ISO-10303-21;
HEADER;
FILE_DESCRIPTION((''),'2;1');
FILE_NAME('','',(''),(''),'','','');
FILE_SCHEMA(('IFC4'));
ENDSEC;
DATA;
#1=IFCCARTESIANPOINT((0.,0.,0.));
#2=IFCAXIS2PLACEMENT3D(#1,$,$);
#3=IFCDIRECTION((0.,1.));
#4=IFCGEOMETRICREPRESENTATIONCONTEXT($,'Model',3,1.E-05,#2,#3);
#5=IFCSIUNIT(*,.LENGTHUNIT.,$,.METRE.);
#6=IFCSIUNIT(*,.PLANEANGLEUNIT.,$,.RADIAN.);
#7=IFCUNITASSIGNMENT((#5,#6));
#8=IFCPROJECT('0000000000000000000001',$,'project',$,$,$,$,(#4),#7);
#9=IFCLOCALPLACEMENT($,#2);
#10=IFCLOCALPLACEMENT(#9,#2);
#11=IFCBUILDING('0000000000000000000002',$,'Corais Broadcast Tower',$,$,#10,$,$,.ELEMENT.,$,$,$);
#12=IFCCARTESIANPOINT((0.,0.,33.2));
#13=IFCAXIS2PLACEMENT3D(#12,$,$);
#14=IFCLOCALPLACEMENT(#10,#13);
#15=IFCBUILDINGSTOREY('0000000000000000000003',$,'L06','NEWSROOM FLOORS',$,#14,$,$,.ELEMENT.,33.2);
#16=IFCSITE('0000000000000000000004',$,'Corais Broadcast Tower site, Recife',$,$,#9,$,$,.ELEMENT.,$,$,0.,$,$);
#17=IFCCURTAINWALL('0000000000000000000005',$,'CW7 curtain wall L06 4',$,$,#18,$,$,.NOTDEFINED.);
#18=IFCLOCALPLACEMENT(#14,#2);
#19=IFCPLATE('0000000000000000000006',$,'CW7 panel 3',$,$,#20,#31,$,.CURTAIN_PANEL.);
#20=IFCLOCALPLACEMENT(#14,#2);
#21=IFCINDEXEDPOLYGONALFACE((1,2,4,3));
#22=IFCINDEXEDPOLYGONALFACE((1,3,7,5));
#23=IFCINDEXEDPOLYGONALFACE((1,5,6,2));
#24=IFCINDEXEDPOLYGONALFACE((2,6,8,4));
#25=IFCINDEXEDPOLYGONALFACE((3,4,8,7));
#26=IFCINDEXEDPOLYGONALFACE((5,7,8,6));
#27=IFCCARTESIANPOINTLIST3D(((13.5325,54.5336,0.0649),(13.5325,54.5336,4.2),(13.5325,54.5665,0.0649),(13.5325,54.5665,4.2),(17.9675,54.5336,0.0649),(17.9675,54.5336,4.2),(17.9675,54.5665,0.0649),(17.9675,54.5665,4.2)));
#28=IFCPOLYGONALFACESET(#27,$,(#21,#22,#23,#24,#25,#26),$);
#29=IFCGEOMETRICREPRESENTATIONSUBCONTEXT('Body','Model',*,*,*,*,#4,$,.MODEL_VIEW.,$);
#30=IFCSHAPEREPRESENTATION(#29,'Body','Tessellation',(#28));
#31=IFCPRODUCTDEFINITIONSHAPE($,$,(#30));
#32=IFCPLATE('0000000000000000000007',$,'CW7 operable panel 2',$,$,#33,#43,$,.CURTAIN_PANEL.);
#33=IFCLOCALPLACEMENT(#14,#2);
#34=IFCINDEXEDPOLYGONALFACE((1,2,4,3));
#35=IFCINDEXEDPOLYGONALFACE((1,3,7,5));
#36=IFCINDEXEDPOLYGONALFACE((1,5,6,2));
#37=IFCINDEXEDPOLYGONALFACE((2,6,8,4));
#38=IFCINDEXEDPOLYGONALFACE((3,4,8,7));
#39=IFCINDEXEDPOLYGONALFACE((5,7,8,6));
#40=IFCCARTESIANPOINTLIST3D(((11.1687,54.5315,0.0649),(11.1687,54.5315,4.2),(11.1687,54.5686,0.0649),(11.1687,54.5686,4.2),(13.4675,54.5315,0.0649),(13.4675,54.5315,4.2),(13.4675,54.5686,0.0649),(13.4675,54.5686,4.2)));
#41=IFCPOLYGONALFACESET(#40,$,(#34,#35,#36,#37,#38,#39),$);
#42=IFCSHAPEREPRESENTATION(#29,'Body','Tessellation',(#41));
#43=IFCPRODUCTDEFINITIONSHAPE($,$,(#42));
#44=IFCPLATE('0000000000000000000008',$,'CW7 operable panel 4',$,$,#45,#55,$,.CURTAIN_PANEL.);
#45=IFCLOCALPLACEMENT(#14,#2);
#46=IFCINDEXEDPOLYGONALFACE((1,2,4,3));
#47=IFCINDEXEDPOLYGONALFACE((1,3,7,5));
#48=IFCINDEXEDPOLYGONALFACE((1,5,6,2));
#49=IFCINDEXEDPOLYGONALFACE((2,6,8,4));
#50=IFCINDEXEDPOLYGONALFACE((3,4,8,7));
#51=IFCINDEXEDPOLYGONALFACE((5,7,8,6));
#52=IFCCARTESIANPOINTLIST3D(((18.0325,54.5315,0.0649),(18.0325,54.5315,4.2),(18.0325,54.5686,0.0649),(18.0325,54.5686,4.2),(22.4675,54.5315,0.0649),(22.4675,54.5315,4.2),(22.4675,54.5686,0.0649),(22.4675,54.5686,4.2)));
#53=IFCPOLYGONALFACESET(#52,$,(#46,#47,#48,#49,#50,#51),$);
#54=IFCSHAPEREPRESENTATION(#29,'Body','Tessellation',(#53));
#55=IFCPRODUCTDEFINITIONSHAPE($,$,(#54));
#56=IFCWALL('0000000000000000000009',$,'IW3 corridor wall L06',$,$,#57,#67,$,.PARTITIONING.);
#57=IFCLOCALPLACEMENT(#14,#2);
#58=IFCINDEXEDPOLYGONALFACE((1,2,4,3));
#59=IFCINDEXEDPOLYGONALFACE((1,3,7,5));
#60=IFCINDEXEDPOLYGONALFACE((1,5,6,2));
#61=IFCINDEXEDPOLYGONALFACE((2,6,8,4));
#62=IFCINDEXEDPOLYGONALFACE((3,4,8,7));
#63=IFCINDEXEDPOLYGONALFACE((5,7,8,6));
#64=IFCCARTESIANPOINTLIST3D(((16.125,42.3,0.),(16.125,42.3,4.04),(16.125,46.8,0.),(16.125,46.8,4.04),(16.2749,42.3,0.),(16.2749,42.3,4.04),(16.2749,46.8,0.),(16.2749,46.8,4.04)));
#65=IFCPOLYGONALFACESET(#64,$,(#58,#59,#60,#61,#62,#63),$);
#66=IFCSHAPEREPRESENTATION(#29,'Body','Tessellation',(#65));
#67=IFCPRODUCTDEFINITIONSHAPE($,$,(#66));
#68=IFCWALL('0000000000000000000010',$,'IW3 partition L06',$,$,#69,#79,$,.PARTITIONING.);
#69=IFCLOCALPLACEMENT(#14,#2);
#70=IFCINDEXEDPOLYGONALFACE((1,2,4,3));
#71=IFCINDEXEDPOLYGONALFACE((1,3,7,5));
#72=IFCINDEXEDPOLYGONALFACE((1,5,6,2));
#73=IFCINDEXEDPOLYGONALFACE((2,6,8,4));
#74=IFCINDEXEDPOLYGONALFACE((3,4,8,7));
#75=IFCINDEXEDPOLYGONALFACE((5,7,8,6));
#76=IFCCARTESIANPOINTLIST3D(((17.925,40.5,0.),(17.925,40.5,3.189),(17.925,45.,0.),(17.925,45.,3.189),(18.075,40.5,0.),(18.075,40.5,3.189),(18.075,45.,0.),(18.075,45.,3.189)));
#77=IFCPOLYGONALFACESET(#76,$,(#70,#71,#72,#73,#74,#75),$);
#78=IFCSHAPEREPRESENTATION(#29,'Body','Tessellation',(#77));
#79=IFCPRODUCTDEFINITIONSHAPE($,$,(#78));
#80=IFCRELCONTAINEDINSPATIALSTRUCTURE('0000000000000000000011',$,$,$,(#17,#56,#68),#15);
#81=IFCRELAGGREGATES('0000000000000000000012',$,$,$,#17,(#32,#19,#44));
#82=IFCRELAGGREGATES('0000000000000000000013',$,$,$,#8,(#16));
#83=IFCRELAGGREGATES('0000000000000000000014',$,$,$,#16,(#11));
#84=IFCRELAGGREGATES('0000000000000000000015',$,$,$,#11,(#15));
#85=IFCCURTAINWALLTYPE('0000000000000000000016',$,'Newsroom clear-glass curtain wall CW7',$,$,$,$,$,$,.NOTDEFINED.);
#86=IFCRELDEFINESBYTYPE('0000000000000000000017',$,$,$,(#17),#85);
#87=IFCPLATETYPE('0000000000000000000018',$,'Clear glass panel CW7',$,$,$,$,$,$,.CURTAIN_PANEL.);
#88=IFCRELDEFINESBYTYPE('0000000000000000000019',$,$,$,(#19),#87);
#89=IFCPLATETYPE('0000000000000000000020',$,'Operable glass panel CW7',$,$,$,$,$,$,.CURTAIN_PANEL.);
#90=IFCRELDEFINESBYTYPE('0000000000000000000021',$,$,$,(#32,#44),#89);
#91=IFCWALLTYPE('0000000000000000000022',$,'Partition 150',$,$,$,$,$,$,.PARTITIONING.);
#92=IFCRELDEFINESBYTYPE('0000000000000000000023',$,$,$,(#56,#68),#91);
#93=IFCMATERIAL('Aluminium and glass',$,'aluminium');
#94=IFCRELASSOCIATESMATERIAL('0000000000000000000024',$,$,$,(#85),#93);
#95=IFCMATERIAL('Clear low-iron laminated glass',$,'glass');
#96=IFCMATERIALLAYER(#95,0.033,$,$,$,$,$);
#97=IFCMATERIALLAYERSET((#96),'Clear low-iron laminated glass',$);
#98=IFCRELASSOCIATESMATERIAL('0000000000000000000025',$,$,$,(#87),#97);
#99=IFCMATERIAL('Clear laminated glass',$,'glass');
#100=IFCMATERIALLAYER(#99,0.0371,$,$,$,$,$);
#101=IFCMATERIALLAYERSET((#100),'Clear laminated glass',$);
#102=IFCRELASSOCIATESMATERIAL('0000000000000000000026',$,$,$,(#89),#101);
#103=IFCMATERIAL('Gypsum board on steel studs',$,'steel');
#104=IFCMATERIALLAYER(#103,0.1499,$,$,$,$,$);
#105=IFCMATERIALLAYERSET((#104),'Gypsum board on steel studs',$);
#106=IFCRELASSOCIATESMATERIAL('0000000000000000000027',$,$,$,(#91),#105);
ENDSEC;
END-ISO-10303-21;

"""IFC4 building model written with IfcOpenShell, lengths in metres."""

from ifc_helpers import new_model, si_unit, direction, frame, frame_2d, origin, origin_2d, place, context, subcontext, project, spatial, rectangle, extrude, material, layer, layer_set, type_object, element, aggregate, save


model = new_model("IFC4")

# Units and contexts
model_context = context("Model", 3, precision=1e-05, world=origin(), true_north=direction((0.0, 1.0)))
body_context = subcontext(model_context, "Body", "Model", "MODEL_VIEW")
ifc_project = project(units=[si_unit("LENGTHUNIT", "METRE"), si_unit("PLANEANGLEUNIT", "RADIAN")], contexts=[model_context])

# Site, building, storey
site_placement = place(None, origin())
site = spatial("IfcSite", under=ifc_project, at=site_placement, Name="Corais Broadcast Tower site, Recife", CompositionType="ELEMENT", RefElevation=0.0)
building_placement = place(site_placement, origin())
building = spatial("IfcBuilding", under=site, at=building_placement, Name="Corais Broadcast Tower", CompositionType="ELEMENT")
storey_placement = place(building_placement, frame((0.0, 0.0, 33.2)))
storey = spatial("IfcBuildingStorey", under=building, at=storey_placement, Name="L06", Description="NEWSROOM FLOORS", CompositionType="ELEMENT", Elevation=33.2)

# Curtain wall
ifc_material_1 = material(Name="Aluminium and glass", Category="aluminium")
curtain_wall_type = type_object("IfcCurtainWallType", Name="Newsroom clear-glass curtain wall CW7", PredefinedType="NOTDEFINED", material=ifc_material_1)
curtain_wall_placement = place(storey_placement, origin())
curtain_wall = element("IfcCurtainWall", 1, at=curtain_wall_placement, inside=storey, type_object=curtain_wall_type, Name="CW7 curtain wall L06 4", PredefinedType="NOTDEFINED")

# Plates
ifc_material_2 = material(Name="Clear low-iron laminated glass", Category="glass")
ifc_layer_1 = layer(ifc_material_2, 0.033)
ifc_layer_set_1 = layer_set([ifc_layer_1], Name="Clear low-iron laminated glass")
plate_type_1 = type_object("IfcPlateType", Name="Clear glass panel CW7", PredefinedType="CURTAIN_PANEL", material=ifc_layer_set_1)
plate_1_placement = place(storey_placement, frame((15.75, 54.55, 0.0649), z_axis=(0.0, 0.0, 1.0), x_axis=(1.0, 0.0, 0.0)))
plate_1 = element("IfcPlate", 2, at=plate_1_placement, type_object=plate_type_1, Name="CW7 panel 3", PredefinedType="CURTAIN_PANEL", context=body_context, shape_type="SweptSolid", body=[
    extrude(rectangle(XDim=4.4351, YDim=0.033, at=origin_2d()), origin(), (0.0, 0.0, 1.0), 4.135),
])
ifc_material_3 = material(Name="Clear laminated glass", Category="glass")
ifc_layer_2 = layer(ifc_material_3, 0.0371)
ifc_layer_set_2 = layer_set([ifc_layer_2], Name="Clear laminated glass")
plate_type_2 = type_object("IfcPlateType", Name="Operable glass panel CW7", PredefinedType="CURTAIN_PANEL", material=ifc_layer_set_2)
plate_2_placement = place(storey_placement, frame((12.3181, 54.55, 0.0649), z_axis=(0.0, 0.0, 1.0), x_axis=(1.0, 0.0, 0.0)))
plate_2 = element("IfcPlate", 3, at=plate_2_placement, type_object=plate_type_2, Name="CW7 operable panel 2", PredefinedType="CURTAIN_PANEL", context=body_context, shape_type="SweptSolid", body=[
    extrude(rectangle(XDim=2.2988, YDim=0.0371, at=origin_2d()), origin(), (0.0, 0.0, 1.0), 4.135),
])
plate_3_placement = place(storey_placement, frame((20.25, 54.55, 0.0649), z_axis=(0.0, 0.0, 1.0), x_axis=(1.0, 0.0, 0.0)))
plate_3 = element("IfcPlate", 4, at=plate_3_placement, type_object=plate_type_2, Name="CW7 operable panel 4", PredefinedType="CURTAIN_PANEL", context=body_context, shape_type="SweptSolid", body=[
    extrude(rectangle(XDim=4.4351, YDim=0.0371, at=origin_2d()), origin(), (0.0, 0.0, 1.0), 4.135),
])
aggregate(curtain_wall, [plate_2, plate_1, plate_3])

# Walls
ifc_material_4 = material(Name="Gypsum board on steel studs", Category="steel")
ifc_layer_3 = layer(ifc_material_4, 0.1499)
ifc_layer_set_3 = layer_set([ifc_layer_3], Name="Gypsum board on steel studs")
wall_type = type_object("IfcWallType", Name="Partition 150", PredefinedType="PARTITIONING", material=ifc_layer_set_3)
wall_1_placement = place(storey_placement, frame((16.2, 46.8, 0.0), z_axis=(0.0, 0.0, 1.0), x_axis=(0.0, -1.0, 0.0)))
element("IfcWall", 5, at=wall_1_placement, inside=storey, type_object=wall_type, Name="IW3 corridor wall L06", PredefinedType="PARTITIONING", context=body_context, shape_type="SweptSolid", body=[
    extrude(rectangle(XDim=4.5, YDim=0.1499, at=frame_2d((2.25, 0.0))), origin(), (0.0, 0.0, 1.0), 4.04),
])
wall_2_placement = place(storey_placement, frame((18.0, 45.0, 0.0), z_axis=(0.0, 0.0, 1.0), x_axis=(0.0, -1.0, 0.0)))
element("IfcWall", 6, at=wall_2_placement, inside=storey, type_object=wall_type, Name="IW3 partition L06", PredefinedType="PARTITIONING", context=body_context, shape_type="SweptSolid", body=[
    extrude(rectangle(XDim=4.5, YDim=0.1499, at=frame_2d((2.25, 0.0))), origin(), (0.0, 0.0, 1.0), 3.189),
])

save(model, "model.ifc")
